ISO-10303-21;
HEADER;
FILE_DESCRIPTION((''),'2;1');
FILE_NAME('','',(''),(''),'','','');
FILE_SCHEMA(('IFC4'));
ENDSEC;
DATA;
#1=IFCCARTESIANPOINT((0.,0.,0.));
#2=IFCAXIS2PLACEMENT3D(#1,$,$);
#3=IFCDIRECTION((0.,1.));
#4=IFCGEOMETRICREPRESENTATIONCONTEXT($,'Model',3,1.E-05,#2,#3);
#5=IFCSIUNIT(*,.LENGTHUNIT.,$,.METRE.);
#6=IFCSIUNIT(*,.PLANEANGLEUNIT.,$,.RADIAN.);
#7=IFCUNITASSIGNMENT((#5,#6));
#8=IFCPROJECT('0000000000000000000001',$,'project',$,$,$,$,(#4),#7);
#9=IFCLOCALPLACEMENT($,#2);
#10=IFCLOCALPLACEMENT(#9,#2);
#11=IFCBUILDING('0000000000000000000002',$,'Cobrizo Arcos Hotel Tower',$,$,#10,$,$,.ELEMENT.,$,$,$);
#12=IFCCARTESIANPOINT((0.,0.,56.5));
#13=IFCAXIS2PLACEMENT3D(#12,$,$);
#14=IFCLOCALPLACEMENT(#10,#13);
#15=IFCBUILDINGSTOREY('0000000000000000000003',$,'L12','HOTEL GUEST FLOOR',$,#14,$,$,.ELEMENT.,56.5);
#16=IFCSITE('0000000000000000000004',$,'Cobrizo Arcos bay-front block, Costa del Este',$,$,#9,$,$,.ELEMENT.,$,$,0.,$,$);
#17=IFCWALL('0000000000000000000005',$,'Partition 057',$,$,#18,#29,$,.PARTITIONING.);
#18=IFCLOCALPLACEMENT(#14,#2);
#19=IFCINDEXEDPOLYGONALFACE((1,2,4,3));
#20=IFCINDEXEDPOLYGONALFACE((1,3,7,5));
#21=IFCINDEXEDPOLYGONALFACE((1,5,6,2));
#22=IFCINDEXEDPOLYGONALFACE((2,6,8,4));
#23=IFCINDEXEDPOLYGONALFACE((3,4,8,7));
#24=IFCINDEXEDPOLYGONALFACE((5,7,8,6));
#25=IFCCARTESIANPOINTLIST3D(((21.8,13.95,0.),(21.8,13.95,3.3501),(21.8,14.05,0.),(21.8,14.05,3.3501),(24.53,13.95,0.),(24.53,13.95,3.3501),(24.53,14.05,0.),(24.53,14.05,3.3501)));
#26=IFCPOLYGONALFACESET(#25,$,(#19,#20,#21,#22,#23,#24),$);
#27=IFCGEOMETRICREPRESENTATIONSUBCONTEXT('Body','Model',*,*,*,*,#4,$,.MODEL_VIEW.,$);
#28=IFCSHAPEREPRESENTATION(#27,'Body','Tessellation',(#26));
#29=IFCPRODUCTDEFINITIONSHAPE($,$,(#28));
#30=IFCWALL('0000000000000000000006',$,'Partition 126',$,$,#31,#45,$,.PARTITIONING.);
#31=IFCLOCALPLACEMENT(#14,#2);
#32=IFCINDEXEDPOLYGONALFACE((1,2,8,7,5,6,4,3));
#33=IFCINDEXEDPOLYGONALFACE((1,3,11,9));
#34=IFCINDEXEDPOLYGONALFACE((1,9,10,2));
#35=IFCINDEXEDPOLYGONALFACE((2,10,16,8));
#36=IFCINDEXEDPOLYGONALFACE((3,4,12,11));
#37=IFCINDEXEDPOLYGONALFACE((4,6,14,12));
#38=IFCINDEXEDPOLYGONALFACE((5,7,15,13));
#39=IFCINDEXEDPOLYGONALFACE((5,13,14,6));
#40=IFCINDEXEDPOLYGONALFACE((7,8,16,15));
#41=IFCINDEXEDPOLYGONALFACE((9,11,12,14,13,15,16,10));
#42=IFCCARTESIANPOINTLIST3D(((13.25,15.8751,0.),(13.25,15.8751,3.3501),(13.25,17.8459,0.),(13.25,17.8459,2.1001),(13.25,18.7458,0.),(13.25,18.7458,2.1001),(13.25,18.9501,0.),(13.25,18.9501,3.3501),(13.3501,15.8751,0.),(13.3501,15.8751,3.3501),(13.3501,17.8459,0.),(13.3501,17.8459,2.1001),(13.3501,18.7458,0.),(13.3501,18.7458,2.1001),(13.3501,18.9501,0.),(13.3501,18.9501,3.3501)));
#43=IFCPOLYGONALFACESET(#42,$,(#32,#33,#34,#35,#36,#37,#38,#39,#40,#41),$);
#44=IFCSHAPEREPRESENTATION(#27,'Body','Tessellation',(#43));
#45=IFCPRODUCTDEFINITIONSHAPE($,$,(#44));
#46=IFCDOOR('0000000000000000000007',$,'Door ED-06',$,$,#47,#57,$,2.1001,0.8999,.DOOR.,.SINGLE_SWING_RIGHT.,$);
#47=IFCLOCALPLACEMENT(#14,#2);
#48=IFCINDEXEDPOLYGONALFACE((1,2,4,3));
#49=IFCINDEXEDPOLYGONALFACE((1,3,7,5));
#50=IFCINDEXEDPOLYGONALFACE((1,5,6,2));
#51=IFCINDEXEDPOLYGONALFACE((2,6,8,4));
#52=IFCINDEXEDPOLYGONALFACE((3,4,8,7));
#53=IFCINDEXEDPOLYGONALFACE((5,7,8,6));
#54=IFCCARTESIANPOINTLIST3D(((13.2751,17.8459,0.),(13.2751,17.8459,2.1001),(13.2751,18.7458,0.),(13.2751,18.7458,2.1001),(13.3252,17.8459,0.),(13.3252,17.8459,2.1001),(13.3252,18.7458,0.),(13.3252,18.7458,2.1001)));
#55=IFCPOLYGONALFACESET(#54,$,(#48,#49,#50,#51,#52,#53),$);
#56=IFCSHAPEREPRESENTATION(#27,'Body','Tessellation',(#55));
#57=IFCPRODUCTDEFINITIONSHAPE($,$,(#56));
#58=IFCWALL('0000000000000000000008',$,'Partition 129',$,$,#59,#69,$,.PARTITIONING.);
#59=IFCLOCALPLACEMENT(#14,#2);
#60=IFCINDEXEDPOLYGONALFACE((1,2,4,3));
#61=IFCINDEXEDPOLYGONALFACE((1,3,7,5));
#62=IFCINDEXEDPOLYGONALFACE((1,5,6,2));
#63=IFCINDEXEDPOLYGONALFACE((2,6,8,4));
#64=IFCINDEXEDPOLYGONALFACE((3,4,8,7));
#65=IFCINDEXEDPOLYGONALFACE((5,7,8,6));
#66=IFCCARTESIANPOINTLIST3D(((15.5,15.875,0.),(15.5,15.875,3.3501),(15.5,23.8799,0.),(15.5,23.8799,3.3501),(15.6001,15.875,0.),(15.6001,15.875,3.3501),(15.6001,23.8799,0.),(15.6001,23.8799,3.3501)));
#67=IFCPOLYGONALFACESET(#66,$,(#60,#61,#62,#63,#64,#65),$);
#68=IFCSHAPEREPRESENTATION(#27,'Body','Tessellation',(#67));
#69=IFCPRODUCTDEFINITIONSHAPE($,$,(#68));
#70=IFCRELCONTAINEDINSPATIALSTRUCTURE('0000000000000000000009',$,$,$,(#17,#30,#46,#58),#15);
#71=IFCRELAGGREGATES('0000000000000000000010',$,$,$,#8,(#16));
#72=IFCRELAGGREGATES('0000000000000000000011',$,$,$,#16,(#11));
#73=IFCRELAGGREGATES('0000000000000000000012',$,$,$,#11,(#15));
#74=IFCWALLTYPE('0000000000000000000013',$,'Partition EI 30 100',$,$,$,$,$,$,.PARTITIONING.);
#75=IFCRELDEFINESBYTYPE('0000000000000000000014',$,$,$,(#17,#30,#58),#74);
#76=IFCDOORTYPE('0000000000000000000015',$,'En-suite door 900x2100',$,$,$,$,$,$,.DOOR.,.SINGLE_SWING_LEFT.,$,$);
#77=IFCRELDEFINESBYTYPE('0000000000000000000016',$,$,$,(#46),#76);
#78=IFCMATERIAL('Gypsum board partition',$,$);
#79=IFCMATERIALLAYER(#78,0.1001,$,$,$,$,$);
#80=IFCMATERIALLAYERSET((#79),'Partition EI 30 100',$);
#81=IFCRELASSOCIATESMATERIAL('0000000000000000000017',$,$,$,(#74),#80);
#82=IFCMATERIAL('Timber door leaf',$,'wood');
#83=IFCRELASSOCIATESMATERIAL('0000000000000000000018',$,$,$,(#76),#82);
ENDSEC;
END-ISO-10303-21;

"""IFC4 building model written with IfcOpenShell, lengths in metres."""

from ifc_helpers import new_model, si_unit, direction, frame, frame_2d, origin, place, context, subcontext, project, spatial, rectangle, extrude, material, layer, layer_set, type_object, element, fill, save


model = new_model("IFC4")

# Units and contexts
model_context = context("Model", 3, precision=1e-05, world=origin(), true_north=direction((0.0, 1.0)))
body_context = subcontext(model_context, "Body", "Model", "MODEL_VIEW")
ifc_project = project(units=[si_unit("LENGTHUNIT", "METRE"), si_unit("PLANEANGLEUNIT", "RADIAN")], contexts=[model_context])

# Site, building, storey
site_placement = place(None, origin())
site = spatial("IfcSite", under=ifc_project, at=site_placement, Name="Cobrizo Arcos bay-front block, Costa del Este", CompositionType="ELEMENT", RefElevation=0.0)
building_placement = place(site_placement, origin())
building = spatial("IfcBuilding", under=site, at=building_placement, Name="Cobrizo Arcos Hotel Tower", CompositionType="ELEMENT")
storey_placement = place(building_placement, frame((0.0, 0.0, 56.5)))
storey = spatial("IfcBuildingStorey", under=building, at=storey_placement, Name="L12", Description="HOTEL GUEST FLOOR", CompositionType="ELEMENT", Elevation=56.5)

# Wall
ifc_material_1 = material(Name="Gypsum board partition")
ifc_layer_1 = layer(ifc_material_1, 0.1001)
ifc_layer_set_1 = layer_set([ifc_layer_1], Name="Partition EI 30 100")
wall_type = type_object("IfcWallType", Name="Partition EI 30 100", PredefinedType="PARTITIONING", material=ifc_layer_set_1)
wall_1_placement = place(storey_placement, frame((21.8, 14.0, 0.0), z_axis=(0.0, 0.0, 1.0), x_axis=(1.0, 0.0, 0.0)))
element("IfcWall", 1, at=wall_1_placement, inside=storey, type_object=wall_type, Name="Partition 057", PredefinedType="PARTITIONING", context=body_context, shape_type="SweptSolid", body=[
    extrude(rectangle(XDim=2.73, YDim=0.1001, at=frame_2d((1.365, 0.0))), origin(), (0.0, 0.0, 1.0), 3.3501),
])

# Wall, opening, door
wall_2_placement = place(storey_placement, frame((13.3, 15.875, 0.0), z_axis=(0.0, 0.0, 1.0), x_axis=(0.0, 1.0, 0.0)))
wall_2 = element("IfcWall", 2, at=wall_2_placement, inside=storey, type_object=wall_type, Name="Partition 126", PredefinedType="PARTITIONING", context=body_context, shape_type="SweptSolid", body=[
    extrude(rectangle(XDim=3.075, YDim=0.1001, at=frame_2d((1.5376, 0.0))), origin(), (0.0, 0.0, 1.0), 3.3501),
])
opening_placement = place(wall_2_placement, frame((1.9709, 0.0, 0.0)))
opening = element("IfcOpeningElement", 3, at=opening_placement, cuts=wall_2, PredefinedType="OPENING", context=body_context, shape_type="SweptSolid", body=[
    extrude(rectangle(XDim=0.8999, YDim=2.1001, at=frame_2d((0.45, 1.05))), frame((0.0, 0.062, 0.0), z_axis=(0.0, -1.0, 0.0), x_axis=(1.0, 0.0, 0.0)), (0.0, 0.0, 1.0), 0.124),
])
ifc_material_2 = material(Name="Timber door leaf", Category="wood")
door_type = type_object("IfcDoorType", Name="En-suite door 900x2100", OperationType="SINGLE_SWING_LEFT", PredefinedType="DOOR", material=ifc_material_2)
door_placement = place(opening_placement, origin())
door = element("IfcDoor", 4, at=door_placement, inside=storey, type_object=door_type, Name="Door ED-06", OperationType="SINGLE_SWING_RIGHT", OverallHeight=2.1001, OverallWidth=0.8999, PredefinedType="DOOR", context=body_context, shape_type="SweptSolid", body=[
    extrude(rectangle(XDim=0.8999, YDim=2.1001, at=frame_2d((0.45, 1.05))), frame((0.0, 0.0249, 0.0), z_axis=(0.0, -1.0, 0.0), x_axis=(1.0, 0.0, 0.0)), (0.0, 0.0, 1.0), 0.05),
])
fill(opening, door)

# Wall
wall_3_placement = place(storey_placement, frame((15.55, 15.875, 0.0), z_axis=(0.0, 0.0, 1.0), x_axis=(0.0, 1.0, 0.0)))
element("IfcWall", 5, at=wall_3_placement, inside=storey, type_object=wall_type, Name="Partition 129", PredefinedType="PARTITIONING", context=body_context, shape_type="SweptSolid", body=[
    extrude(rectangle(XDim=8.0049, YDim=0.1001, at=frame_2d((4.0024, 0.0))), origin(), (0.0, 0.0, 1.0), 3.3501),
])

save(model, "model.ifc")
